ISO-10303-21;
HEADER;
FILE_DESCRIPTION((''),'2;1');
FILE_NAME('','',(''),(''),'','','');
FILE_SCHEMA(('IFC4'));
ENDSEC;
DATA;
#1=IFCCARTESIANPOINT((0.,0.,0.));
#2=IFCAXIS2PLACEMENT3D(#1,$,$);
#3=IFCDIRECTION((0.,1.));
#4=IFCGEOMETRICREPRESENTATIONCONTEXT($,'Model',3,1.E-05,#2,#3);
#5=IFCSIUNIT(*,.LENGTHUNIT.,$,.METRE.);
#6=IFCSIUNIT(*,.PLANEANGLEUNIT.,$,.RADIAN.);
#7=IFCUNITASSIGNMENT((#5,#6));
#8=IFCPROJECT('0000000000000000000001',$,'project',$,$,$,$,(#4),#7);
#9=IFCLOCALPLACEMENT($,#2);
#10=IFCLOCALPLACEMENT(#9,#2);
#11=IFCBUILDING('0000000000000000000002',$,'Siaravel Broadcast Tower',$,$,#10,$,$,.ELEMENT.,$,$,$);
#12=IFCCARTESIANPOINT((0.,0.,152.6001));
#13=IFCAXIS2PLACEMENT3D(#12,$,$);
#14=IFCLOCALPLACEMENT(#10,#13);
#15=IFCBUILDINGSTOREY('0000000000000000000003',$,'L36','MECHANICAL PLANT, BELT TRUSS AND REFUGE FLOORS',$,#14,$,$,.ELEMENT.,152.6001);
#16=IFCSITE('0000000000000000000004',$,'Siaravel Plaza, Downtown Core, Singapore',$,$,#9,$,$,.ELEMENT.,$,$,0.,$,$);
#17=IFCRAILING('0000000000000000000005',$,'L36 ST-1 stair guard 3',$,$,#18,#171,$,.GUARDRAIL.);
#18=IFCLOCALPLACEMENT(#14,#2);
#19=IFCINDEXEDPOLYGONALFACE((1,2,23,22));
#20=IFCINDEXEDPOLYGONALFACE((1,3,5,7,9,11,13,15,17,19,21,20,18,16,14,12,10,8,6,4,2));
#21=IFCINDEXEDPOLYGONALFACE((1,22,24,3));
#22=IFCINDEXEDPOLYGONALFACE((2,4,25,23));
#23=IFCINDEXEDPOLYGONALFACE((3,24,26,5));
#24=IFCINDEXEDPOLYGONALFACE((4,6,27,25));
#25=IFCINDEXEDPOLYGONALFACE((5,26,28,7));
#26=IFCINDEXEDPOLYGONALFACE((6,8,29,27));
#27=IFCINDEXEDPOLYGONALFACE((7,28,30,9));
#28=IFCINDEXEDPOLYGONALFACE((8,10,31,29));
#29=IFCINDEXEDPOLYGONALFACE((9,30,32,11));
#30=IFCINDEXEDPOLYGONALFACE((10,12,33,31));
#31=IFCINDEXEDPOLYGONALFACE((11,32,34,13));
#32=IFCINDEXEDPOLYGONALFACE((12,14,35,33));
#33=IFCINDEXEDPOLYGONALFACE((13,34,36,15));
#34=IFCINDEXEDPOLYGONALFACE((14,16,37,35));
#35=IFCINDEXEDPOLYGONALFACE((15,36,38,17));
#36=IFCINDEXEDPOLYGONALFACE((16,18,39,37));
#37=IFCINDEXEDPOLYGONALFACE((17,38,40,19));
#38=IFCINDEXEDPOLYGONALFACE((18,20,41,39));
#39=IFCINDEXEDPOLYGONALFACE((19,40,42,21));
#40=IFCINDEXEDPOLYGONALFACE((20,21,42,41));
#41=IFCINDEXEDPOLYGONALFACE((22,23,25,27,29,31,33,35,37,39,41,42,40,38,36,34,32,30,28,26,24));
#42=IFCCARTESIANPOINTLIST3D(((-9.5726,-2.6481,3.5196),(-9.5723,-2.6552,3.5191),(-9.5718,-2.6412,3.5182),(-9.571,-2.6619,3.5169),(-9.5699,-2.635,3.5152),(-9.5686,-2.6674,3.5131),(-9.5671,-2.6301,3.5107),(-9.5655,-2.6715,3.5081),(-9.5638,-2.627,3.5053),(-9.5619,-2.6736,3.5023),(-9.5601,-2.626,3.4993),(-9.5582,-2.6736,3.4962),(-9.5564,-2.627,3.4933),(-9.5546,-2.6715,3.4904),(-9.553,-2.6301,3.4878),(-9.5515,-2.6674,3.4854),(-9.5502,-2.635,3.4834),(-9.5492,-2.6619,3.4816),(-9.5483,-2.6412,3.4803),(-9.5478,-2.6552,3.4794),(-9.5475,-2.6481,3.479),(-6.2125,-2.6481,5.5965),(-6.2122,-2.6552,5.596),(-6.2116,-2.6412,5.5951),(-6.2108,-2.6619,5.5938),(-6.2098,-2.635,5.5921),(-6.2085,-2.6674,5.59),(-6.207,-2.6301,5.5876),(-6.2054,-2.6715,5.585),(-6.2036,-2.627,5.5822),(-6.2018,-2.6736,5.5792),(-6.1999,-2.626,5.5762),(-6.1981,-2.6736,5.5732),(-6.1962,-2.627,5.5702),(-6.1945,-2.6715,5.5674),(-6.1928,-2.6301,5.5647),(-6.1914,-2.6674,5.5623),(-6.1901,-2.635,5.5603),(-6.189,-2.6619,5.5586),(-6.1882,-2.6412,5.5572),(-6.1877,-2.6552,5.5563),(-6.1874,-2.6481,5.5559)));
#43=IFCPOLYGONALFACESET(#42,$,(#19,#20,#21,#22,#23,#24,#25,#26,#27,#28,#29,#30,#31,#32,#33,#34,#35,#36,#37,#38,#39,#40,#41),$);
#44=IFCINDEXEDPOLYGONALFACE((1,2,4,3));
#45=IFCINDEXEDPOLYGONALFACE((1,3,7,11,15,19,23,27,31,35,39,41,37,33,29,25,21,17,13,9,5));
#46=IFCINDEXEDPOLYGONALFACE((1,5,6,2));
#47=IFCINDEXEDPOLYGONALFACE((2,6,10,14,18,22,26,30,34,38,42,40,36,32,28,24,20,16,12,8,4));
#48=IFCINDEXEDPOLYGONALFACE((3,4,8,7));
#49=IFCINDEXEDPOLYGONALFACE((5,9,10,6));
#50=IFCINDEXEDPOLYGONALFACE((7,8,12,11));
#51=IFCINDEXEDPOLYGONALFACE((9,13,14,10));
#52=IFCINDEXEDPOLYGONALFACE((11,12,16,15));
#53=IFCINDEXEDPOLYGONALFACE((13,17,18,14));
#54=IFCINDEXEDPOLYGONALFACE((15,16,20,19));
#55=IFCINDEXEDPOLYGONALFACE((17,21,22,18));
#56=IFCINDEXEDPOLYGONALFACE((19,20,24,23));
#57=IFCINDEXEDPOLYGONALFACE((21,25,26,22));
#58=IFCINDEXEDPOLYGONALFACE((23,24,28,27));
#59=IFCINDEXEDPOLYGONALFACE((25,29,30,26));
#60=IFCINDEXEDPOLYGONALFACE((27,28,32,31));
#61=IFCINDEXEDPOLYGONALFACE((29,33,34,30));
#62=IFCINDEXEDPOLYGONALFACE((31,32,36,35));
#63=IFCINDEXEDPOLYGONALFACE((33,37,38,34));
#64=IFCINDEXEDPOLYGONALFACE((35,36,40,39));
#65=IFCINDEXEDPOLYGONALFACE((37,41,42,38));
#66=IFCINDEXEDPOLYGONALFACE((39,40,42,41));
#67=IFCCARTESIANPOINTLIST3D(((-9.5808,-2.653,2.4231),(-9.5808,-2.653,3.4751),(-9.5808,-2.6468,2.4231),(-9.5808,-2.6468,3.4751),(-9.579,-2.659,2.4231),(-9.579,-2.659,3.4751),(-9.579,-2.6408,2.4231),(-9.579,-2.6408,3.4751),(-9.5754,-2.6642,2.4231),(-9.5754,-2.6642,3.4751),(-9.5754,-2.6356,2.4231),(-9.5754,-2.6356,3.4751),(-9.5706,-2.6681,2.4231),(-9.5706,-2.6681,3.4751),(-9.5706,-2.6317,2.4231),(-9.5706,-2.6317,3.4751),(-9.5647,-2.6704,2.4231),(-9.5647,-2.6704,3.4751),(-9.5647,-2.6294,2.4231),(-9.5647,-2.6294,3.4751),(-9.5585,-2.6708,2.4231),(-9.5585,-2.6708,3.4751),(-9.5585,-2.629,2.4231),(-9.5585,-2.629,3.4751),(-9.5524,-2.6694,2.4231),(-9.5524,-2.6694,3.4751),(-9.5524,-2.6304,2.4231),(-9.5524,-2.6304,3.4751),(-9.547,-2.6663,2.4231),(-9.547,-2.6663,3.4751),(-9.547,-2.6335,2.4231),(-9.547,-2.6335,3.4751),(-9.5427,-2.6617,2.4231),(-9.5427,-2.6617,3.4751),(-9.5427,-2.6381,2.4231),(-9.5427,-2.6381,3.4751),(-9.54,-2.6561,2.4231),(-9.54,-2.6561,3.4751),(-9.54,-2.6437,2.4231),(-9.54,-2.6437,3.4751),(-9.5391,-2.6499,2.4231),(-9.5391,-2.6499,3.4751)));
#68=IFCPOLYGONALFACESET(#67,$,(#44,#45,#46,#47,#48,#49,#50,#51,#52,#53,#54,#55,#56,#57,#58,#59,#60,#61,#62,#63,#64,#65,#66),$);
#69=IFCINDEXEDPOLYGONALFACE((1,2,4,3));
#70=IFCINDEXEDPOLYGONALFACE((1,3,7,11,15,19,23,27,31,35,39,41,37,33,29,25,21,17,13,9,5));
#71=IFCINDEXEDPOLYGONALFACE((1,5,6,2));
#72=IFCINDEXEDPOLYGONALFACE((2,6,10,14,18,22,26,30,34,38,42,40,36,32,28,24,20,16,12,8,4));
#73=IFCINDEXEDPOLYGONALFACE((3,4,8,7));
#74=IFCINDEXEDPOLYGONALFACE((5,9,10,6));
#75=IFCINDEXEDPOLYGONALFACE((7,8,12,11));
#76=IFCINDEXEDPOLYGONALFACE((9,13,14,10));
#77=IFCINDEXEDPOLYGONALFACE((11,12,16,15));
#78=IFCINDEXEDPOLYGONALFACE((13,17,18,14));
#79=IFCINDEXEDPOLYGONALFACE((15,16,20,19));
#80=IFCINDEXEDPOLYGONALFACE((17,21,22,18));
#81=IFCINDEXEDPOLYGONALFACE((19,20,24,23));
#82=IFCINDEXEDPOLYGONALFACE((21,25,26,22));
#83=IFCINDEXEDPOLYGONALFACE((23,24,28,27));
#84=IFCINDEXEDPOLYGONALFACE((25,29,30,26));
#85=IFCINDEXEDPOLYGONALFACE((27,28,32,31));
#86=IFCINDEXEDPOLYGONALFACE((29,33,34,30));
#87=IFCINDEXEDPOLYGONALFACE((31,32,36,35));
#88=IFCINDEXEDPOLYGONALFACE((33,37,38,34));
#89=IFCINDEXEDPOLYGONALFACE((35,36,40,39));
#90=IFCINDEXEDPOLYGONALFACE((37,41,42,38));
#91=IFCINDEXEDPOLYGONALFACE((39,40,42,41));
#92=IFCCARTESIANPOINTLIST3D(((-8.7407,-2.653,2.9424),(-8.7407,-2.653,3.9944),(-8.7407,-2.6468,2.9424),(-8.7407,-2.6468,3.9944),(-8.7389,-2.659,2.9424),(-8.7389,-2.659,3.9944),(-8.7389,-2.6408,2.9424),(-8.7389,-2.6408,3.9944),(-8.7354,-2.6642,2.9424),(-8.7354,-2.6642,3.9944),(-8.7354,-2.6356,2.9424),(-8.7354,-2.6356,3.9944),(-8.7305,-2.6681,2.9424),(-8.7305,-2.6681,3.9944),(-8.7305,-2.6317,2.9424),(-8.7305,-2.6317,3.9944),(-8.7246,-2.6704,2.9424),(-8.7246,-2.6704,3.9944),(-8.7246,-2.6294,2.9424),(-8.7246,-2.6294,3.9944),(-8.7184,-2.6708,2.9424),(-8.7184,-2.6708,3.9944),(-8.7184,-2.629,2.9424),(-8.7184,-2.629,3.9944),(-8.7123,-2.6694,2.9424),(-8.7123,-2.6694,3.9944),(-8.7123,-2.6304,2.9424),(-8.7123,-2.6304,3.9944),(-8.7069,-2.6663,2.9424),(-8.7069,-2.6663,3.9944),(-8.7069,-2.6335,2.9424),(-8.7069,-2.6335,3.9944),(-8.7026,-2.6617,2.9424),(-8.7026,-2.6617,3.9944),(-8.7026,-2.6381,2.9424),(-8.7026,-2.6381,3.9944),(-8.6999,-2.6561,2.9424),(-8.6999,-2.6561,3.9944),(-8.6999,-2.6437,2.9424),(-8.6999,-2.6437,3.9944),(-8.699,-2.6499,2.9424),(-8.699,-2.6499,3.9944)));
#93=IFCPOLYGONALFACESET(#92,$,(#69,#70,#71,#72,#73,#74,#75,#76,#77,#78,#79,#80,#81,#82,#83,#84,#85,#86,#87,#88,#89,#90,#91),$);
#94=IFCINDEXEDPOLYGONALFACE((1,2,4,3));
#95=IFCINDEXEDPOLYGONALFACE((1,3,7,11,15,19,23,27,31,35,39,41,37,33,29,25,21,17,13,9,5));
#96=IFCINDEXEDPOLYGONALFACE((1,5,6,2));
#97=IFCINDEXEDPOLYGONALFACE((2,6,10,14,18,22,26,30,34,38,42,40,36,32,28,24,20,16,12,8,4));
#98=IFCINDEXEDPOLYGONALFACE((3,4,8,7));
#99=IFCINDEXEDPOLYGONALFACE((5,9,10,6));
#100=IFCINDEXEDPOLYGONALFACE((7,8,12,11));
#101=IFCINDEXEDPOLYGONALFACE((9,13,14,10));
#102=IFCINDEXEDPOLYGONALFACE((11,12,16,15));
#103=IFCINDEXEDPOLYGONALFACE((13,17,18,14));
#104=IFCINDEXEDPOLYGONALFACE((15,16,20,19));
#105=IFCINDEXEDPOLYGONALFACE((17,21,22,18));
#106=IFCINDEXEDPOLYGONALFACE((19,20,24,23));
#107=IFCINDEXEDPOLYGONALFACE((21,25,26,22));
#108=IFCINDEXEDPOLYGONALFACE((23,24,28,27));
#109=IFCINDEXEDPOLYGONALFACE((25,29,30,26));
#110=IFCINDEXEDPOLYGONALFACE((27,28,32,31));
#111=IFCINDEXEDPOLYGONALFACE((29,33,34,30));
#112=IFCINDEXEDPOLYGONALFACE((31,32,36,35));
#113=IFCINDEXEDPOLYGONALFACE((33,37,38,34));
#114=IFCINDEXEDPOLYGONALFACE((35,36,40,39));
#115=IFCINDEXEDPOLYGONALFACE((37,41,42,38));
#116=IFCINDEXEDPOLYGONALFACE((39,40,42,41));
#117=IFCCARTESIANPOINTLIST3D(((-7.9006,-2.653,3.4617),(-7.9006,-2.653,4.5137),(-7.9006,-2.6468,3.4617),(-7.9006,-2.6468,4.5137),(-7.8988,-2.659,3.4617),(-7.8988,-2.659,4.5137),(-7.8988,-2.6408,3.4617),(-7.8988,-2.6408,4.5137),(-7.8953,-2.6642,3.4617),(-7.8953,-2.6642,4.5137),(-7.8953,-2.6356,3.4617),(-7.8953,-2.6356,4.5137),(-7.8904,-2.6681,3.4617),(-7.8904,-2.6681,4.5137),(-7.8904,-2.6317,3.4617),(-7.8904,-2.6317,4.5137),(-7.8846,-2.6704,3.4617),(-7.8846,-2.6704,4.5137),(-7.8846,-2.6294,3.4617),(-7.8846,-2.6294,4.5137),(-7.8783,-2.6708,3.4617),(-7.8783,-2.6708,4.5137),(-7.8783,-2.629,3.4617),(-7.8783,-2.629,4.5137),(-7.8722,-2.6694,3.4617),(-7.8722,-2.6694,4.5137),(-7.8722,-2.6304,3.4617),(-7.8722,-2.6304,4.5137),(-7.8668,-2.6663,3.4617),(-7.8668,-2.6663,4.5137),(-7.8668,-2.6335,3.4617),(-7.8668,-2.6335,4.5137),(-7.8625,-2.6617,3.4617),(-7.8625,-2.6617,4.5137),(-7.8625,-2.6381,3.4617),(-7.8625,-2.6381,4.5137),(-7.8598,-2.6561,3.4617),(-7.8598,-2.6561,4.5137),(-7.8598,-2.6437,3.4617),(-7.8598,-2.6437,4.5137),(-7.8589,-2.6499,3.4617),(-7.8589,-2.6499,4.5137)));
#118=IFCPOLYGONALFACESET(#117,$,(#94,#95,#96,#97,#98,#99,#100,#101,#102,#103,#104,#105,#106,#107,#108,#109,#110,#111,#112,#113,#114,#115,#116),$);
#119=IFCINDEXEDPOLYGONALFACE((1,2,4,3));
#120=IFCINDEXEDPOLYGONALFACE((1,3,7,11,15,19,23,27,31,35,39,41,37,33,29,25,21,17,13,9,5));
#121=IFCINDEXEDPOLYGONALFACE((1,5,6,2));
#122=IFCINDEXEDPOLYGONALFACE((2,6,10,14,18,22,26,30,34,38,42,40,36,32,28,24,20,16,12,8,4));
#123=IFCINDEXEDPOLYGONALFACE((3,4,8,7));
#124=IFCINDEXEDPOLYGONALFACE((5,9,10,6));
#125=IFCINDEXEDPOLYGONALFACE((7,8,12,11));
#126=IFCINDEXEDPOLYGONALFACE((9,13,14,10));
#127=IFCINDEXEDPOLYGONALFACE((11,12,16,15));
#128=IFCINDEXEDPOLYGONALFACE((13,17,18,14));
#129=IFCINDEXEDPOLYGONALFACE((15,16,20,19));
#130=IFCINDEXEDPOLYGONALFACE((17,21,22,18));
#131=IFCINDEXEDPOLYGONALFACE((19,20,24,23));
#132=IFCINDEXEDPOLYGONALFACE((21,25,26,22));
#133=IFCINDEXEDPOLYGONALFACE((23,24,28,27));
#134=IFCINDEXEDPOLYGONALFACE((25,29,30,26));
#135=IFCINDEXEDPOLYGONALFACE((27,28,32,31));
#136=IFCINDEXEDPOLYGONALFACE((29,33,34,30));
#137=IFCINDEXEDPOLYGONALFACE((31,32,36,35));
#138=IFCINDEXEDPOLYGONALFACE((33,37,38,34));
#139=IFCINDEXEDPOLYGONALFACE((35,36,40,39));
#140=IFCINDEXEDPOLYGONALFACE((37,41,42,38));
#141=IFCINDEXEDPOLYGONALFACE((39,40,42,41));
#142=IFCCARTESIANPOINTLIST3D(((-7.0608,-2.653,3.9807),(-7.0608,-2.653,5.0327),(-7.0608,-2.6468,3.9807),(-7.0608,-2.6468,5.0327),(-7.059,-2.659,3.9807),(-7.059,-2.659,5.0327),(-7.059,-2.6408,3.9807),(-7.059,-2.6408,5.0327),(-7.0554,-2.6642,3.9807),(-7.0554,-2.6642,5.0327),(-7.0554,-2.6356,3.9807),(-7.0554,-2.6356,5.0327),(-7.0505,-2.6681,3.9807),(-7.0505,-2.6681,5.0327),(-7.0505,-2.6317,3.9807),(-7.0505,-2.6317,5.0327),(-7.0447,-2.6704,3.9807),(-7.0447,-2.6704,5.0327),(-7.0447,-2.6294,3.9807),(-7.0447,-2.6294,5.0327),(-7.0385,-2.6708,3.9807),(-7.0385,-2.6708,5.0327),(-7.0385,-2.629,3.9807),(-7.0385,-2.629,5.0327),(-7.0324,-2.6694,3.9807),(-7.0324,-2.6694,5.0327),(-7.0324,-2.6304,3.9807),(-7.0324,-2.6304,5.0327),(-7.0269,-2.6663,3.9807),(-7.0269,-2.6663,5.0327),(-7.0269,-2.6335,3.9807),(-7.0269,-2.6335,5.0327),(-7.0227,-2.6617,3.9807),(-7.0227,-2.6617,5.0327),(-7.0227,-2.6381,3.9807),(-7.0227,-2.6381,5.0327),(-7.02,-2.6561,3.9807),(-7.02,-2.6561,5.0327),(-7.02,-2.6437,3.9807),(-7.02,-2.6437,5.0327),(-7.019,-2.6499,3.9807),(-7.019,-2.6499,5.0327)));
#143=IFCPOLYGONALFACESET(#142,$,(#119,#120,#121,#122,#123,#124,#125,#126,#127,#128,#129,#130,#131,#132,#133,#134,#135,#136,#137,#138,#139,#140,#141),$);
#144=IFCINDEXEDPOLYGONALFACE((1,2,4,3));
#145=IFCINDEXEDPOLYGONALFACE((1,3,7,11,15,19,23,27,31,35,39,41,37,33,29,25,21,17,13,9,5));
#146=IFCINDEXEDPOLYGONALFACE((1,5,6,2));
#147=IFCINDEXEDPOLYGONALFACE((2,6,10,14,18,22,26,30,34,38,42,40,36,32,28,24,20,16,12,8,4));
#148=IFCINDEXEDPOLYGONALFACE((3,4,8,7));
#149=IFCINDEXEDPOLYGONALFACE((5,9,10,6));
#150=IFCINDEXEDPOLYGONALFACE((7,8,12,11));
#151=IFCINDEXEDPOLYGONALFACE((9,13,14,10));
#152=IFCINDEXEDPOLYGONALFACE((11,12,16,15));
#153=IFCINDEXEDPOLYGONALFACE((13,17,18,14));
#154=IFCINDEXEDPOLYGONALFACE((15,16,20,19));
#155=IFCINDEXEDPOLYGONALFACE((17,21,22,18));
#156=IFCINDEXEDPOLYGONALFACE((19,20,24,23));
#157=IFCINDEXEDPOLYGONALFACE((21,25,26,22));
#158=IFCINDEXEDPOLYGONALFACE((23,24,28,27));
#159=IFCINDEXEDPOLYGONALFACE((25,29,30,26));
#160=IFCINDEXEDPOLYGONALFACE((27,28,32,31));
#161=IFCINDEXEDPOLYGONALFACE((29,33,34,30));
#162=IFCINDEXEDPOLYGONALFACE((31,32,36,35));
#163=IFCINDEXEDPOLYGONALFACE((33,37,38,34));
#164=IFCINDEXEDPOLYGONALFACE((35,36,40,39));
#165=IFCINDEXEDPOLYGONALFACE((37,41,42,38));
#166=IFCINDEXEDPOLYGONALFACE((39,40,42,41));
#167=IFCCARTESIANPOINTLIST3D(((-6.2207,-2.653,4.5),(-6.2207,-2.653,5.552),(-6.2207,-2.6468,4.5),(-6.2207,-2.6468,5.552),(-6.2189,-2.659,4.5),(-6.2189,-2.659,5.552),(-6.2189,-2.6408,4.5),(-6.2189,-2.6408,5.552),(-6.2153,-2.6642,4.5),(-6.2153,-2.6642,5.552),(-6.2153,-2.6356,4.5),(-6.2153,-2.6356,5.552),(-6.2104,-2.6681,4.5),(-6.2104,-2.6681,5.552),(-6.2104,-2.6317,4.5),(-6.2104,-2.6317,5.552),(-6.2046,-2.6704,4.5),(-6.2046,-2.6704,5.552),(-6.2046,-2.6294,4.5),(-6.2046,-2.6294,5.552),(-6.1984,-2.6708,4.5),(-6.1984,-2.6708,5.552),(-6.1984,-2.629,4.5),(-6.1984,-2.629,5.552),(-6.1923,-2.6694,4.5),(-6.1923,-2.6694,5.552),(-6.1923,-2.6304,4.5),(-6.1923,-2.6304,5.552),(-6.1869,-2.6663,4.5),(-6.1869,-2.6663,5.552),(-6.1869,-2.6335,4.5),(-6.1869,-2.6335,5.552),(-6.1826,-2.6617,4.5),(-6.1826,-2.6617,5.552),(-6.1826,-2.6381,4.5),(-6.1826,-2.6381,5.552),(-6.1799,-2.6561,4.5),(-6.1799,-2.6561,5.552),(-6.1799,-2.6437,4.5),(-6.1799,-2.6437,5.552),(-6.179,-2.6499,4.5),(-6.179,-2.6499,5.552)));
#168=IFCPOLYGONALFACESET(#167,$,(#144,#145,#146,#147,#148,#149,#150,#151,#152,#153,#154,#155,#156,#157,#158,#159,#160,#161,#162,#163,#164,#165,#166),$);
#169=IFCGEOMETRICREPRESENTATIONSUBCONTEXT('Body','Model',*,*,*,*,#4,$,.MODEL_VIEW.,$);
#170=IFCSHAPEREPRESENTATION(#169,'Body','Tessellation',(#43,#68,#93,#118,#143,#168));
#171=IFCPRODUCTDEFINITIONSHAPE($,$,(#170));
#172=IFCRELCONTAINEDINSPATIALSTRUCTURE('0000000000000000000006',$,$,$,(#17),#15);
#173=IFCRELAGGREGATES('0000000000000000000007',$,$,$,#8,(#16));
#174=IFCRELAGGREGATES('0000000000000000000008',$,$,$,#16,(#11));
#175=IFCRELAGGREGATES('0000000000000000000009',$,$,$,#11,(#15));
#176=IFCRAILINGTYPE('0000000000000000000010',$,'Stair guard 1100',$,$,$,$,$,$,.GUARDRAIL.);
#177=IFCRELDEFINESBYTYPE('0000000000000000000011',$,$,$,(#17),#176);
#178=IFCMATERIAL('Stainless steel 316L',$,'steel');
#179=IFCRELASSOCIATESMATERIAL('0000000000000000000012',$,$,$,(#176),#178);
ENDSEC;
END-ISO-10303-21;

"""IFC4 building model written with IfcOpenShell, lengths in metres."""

from ifc_helpers import new_model, si_unit, direction, frame, origin, origin_2d, place, context, subcontext, project, spatial, circle, extrude, material, type_object, element, save


model = new_model("IFC4")

# Units and contexts
model_context = context("Model", 3, precision=1e-05, world=origin(), true_north=direction((0.0, 1.0)))
body_context = subcontext(model_context, "Body", "Model", "MODEL_VIEW")
ifc_project = project(units=[si_unit("LENGTHUNIT", "METRE"), si_unit("PLANEANGLEUNIT", "RADIAN")], contexts=[model_context])

# Site, building, storey
site_placement = place(None, origin())
site = spatial("IfcSite", under=ifc_project, at=site_placement, Name="Siaravel Plaza, Downtown Core, Singapore", CompositionType="ELEMENT", RefElevation=0.0)
building_placement = place(site_placement, origin())
building = spatial("IfcBuilding", under=site, at=building_placement, Name="Siaravel Broadcast Tower", CompositionType="ELEMENT")
storey_placement = place(building_placement, frame((0.0, 0.0, 152.6001)))
storey = spatial("IfcBuildingStorey", under=building, at=storey_placement, Name="L36", Description="MECHANICAL PLANT, BELT TRUSS AND REFUGE FLOORS", CompositionType="ELEMENT", Elevation=152.6001)

# Shared definitions
ifc_material_1 = material(Name="Stainless steel 316L", Category="steel")

# Railing
railing_type_1 = type_object("IfcRailingType", Name="Stair guard 1100", PredefinedType="GUARDRAIL", material=ifc_material_1)
railing_1_placement = place(storey_placement, frame((-9.5601, -2.6499, 2.4231)))
element("IfcRailing", 1, at=railing_1_placement, inside=storey, type_object=railing_type_1, Name="L36 ST-1 stair guard 3", PredefinedType="GUARDRAIL", context=body_context, shape_type="SweptSolid", body=[
    extrude(circle(Radius=0.0239, at=origin_2d()), frame((0.0, 0.0, 1.0762), z_axis=(0.850623, 0.0, 0.525776), x_axis=(0.0, 1.0, 0.0)), (0.0, 0.0, 1.0), 3.9502),
    extrude(circle(Radius=0.021, at=origin_2d()), origin(), (0.0, 0.0, 1.0), 1.052),
    extrude(circle(Radius=0.021, at=origin_2d()), frame((0.8401, 0.0, 0.5193)), (0.0, 0.0, 1.0), 1.052),
    extrude(circle(Radius=0.021, at=origin_2d()), frame((1.6802, 0.0, 1.0386)), (0.0, 0.0, 1.0), 1.052),
    extrude(circle(Radius=0.021, at=origin_2d()), frame((2.52, 0.0, 1.5576)), (0.0, 0.0, 1.0), 1.052),
    extrude(circle(Radius=0.021, at=origin_2d()), frame((3.3601, 0.0, 2.0769)), (0.0, 0.0, 1.0), 1.052),
])

save(model, "model.ifc")
